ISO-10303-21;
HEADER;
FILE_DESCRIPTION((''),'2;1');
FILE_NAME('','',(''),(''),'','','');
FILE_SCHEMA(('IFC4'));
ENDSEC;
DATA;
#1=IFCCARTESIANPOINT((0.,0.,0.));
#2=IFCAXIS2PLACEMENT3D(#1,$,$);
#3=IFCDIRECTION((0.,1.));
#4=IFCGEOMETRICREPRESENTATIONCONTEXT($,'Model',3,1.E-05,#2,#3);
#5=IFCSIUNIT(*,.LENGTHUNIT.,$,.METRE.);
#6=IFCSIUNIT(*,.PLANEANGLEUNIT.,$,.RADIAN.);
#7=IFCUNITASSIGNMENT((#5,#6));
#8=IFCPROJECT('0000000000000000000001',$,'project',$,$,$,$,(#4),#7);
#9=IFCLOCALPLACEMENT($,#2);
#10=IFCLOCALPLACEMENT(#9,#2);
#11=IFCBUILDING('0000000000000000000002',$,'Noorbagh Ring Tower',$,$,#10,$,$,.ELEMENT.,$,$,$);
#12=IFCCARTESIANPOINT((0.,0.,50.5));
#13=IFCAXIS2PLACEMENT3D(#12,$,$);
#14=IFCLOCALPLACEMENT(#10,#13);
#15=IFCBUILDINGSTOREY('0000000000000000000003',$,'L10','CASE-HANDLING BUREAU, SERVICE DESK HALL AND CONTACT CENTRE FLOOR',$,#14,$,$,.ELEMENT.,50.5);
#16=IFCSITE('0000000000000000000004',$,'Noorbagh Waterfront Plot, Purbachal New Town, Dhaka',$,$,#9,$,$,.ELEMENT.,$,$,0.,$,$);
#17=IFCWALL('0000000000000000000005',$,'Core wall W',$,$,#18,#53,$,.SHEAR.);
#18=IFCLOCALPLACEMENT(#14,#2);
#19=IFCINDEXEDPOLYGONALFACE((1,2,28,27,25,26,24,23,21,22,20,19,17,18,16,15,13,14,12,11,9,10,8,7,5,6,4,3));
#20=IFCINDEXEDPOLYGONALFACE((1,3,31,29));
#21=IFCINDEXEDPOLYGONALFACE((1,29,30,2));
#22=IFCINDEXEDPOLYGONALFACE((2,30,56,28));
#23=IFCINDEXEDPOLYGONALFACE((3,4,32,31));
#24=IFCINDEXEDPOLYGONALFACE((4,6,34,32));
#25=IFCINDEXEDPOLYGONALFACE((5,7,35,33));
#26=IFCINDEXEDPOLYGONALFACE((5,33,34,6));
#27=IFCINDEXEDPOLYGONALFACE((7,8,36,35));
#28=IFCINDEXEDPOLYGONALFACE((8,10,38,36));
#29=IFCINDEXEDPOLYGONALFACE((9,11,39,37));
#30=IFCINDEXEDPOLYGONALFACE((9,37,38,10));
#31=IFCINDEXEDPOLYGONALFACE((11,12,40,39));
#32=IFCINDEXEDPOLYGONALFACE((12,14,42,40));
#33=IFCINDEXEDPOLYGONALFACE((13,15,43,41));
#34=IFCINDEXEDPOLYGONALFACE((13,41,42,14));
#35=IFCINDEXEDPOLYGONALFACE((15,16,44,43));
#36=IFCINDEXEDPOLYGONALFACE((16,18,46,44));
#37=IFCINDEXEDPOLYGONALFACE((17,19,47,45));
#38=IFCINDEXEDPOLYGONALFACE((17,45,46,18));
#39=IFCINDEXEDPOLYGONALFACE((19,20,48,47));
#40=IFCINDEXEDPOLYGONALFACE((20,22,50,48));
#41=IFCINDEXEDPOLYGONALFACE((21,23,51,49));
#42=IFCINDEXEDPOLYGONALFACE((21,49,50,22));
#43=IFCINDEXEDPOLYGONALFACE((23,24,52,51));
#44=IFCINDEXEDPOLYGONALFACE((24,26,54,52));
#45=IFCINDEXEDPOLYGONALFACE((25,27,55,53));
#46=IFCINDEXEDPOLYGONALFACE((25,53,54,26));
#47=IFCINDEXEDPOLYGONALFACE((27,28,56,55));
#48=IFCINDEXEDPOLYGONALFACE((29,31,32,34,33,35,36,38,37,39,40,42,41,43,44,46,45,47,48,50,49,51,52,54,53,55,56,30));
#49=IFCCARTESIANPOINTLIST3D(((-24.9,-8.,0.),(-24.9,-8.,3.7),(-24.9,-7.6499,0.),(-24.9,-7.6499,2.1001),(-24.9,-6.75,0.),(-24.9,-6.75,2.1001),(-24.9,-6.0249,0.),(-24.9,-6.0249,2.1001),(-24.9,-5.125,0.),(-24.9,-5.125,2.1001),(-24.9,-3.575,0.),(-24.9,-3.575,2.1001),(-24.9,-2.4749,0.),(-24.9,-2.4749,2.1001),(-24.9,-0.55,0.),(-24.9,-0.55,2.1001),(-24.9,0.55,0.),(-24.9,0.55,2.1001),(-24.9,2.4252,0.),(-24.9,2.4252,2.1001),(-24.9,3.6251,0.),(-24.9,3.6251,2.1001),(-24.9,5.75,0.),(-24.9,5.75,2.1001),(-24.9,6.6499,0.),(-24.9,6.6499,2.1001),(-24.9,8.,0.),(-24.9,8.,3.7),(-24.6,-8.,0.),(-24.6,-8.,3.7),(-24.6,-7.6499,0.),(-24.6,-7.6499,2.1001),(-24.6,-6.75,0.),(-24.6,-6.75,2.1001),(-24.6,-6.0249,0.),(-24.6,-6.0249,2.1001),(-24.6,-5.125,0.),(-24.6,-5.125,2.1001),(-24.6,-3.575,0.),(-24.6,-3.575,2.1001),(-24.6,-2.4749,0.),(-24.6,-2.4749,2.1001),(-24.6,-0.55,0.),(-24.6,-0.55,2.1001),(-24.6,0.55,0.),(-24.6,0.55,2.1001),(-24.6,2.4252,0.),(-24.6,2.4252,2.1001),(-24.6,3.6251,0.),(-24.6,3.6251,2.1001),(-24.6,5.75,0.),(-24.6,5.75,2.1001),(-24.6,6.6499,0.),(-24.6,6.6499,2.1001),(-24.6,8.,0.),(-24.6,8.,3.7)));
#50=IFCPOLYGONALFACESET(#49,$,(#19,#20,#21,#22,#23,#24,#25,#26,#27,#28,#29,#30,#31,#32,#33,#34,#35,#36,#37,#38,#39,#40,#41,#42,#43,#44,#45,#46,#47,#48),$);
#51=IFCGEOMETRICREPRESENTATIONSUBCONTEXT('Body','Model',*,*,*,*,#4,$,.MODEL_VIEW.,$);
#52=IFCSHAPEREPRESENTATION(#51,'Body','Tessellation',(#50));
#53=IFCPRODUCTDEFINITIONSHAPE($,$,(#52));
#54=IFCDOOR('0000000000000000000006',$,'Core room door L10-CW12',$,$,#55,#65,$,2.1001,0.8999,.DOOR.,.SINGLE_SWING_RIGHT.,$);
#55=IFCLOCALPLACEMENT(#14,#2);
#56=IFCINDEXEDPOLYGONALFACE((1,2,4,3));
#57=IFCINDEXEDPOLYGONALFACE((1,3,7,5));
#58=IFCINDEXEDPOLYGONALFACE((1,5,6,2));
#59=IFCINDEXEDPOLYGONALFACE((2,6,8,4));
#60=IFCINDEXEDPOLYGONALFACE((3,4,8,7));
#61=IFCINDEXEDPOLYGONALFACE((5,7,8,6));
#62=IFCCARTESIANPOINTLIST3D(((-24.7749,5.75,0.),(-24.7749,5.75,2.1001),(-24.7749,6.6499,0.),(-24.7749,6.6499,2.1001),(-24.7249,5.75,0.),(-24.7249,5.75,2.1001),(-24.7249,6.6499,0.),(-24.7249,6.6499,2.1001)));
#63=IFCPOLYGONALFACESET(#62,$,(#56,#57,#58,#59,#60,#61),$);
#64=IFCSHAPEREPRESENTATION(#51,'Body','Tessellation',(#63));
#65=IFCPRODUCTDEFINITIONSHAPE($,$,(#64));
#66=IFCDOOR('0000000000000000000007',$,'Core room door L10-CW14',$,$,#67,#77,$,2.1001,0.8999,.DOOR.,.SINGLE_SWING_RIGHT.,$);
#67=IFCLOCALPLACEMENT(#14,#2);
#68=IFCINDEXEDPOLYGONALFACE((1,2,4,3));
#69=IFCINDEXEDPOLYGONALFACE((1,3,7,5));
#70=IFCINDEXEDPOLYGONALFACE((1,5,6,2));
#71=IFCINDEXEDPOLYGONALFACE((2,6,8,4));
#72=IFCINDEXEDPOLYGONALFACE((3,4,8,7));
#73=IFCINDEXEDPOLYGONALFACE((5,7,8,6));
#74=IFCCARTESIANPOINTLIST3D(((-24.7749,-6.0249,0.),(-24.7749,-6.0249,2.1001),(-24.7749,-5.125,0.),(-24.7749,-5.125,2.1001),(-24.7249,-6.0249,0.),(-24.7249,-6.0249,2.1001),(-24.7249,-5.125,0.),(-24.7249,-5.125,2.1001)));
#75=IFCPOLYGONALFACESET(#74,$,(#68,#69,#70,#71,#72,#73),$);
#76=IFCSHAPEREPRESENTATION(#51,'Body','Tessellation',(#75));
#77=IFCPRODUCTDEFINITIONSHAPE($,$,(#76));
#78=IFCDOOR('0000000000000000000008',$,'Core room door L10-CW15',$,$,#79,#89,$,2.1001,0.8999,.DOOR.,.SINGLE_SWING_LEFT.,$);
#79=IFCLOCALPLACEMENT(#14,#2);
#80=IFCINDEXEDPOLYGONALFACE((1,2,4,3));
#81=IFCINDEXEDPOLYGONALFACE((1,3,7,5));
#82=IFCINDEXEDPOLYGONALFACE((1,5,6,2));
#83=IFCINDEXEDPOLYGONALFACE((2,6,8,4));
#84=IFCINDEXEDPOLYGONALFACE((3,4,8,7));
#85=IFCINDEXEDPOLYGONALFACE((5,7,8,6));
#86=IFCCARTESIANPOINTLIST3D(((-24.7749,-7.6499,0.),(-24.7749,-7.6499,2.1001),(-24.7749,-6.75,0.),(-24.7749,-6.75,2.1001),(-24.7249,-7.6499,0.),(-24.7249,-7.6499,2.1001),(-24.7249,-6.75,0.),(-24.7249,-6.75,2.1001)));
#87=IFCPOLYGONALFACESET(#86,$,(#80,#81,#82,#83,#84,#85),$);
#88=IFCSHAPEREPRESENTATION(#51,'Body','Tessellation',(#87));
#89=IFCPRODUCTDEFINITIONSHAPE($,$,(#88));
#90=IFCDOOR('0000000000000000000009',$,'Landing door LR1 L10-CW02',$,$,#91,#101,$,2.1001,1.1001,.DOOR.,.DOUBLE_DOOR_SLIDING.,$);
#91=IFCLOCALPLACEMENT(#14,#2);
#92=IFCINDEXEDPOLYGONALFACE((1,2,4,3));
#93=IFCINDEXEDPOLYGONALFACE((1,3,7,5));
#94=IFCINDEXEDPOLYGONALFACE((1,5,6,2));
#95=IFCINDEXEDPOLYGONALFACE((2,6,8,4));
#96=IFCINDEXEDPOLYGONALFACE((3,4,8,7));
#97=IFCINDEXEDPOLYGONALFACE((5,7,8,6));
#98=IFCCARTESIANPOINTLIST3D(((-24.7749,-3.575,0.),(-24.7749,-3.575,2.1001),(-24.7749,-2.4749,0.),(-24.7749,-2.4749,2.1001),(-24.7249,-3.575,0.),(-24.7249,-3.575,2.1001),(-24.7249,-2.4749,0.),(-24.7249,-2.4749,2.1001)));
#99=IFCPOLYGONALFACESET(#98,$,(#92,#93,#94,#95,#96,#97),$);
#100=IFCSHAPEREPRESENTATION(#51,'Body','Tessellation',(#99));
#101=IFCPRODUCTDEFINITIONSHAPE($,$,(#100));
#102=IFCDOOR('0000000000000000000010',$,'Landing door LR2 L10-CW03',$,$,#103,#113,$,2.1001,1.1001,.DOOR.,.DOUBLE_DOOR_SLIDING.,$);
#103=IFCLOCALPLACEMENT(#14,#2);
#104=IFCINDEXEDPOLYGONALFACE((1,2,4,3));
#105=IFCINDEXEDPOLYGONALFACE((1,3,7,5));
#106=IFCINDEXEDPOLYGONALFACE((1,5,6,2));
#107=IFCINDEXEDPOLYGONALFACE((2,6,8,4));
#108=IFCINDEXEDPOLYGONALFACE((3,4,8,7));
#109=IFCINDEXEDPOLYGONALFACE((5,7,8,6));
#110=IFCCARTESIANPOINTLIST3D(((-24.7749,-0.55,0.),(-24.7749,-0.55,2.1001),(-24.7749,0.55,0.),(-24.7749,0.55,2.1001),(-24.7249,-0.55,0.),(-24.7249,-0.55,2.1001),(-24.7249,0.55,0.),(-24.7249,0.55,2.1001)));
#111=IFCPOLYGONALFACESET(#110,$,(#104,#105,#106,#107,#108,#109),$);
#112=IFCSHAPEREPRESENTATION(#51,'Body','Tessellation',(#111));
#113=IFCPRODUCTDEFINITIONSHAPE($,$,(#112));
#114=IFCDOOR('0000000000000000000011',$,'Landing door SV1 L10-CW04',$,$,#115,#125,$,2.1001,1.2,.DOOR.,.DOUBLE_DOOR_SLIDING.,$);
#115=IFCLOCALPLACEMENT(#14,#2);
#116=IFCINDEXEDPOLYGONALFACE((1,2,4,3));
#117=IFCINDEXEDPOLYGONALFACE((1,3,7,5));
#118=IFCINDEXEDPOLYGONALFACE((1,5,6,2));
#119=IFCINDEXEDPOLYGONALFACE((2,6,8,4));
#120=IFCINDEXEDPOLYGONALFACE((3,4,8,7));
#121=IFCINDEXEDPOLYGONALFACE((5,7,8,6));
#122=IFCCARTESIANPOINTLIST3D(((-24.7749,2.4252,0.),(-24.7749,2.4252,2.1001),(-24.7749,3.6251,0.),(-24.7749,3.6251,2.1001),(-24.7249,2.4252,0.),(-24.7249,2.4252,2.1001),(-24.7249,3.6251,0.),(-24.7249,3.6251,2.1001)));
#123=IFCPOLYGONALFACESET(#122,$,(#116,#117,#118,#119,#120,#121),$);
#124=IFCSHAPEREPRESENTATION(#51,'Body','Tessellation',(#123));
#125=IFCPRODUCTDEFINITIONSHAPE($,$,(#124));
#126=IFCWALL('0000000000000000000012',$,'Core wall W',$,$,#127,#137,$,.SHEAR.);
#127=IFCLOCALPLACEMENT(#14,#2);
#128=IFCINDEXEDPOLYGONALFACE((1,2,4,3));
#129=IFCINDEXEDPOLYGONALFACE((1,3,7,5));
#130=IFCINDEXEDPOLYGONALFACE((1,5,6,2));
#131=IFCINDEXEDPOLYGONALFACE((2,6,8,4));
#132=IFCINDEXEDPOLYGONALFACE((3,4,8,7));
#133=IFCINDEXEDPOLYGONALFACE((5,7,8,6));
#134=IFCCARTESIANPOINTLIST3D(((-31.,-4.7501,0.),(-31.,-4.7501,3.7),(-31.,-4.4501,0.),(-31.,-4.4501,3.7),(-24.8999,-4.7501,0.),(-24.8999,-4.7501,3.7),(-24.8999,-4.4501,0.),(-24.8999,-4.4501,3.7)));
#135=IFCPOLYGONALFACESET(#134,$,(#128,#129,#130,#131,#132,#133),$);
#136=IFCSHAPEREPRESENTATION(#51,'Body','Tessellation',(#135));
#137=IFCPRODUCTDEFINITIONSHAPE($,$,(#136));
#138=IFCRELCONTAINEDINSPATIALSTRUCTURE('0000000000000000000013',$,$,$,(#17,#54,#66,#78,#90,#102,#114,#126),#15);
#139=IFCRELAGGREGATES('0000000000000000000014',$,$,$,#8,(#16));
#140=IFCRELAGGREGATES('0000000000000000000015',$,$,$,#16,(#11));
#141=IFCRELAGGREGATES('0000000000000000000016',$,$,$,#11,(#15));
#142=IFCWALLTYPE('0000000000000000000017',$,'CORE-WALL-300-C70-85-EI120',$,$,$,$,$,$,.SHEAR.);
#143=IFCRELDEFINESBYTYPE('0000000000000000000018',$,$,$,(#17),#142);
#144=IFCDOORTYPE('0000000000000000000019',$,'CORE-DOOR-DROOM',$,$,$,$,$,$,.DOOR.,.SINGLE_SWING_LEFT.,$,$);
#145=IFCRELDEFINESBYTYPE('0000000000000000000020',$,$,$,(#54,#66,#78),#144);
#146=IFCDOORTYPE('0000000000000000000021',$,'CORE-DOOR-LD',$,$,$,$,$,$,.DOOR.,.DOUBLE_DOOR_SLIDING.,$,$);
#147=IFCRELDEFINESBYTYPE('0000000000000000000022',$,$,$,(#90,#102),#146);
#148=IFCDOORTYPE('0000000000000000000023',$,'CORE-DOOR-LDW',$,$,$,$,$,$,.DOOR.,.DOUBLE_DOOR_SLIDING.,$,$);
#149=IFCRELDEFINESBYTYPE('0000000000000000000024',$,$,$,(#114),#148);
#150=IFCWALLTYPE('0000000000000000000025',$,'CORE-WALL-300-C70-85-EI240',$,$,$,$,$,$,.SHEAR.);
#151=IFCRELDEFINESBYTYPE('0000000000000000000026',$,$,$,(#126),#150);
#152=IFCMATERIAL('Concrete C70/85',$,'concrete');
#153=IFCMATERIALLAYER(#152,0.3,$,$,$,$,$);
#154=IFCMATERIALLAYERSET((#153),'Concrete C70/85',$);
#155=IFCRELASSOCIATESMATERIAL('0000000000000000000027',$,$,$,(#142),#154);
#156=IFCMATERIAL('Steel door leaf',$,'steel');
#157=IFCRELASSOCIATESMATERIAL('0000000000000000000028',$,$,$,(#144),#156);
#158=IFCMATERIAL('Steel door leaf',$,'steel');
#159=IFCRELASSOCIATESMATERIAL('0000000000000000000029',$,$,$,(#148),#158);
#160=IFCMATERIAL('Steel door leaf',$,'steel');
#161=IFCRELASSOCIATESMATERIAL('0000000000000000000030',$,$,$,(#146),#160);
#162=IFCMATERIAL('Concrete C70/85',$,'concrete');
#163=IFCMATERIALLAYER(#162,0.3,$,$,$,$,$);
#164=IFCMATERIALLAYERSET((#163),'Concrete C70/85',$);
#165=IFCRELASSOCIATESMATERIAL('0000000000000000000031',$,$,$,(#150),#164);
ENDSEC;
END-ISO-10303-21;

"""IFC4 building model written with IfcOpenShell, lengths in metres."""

from ifc_helpers import new_model, si_unit, direction, frame, frame_2d, origin, place, context, subcontext, project, spatial, rectangle, extrude, material, layer, layer_set, type_object, element, fill, save


model = new_model("IFC4")

# Units and contexts
model_context = context("Model", 3, precision=1e-05, world=origin(), true_north=direction((0.0, 1.0)))
body_context = subcontext(model_context, "Body", "Model", "MODEL_VIEW")
ifc_project = project(units=[si_unit("LENGTHUNIT", "METRE"), si_unit("PLANEANGLEUNIT", "RADIAN")], contexts=[model_context])

# Site, building, storey
site_placement = place(None, origin())
site = spatial("IfcSite", under=ifc_project, at=site_placement, Name="Noorbagh Waterfront Plot, Purbachal New Town, Dhaka", CompositionType="ELEMENT", RefElevation=0.0)
building_placement = place(site_placement, origin())
building = spatial("IfcBuilding", under=site, at=building_placement, Name="Noorbagh Ring Tower", CompositionType="ELEMENT")
storey_placement = place(building_placement, frame((0.0, 0.0, 50.5)))
storey = spatial("IfcBuildingStorey", under=building, at=storey_placement, Name="L10", Description="CASE-HANDLING BUREAU, SERVICE DESK HALL AND CONTACT CENTRE FLOOR", CompositionType="ELEMENT", Elevation=50.5)

# Wall, openings, doors
ifc_material_1 = material(Name="Concrete C70/85", Category="concrete")
ifc_layer_1 = layer(ifc_material_1, 0.3)
ifc_layer_set_1 = layer_set([ifc_layer_1], Name="Concrete C70/85")
wall_type_1 = type_object("IfcWallType", Name="CORE-WALL-300-C70-85-EI120", PredefinedType="SHEAR", material=ifc_layer_set_1)
ifc_material_2 = material(Name="Steel door leaf", Category="steel")
door_type_1 = type_object("IfcDoorType", Name="CORE-DOOR-DROOM", OperationType="SINGLE_SWING_LEFT", PredefinedType="DOOR", material=ifc_material_2)
ifc_material_3 = material(Name="Steel door leaf", Category="steel")
door_type_2 = type_object("IfcDoorType", Name="CORE-DOOR-LDW", OperationType="DOUBLE_DOOR_SLIDING", PredefinedType="DOOR", material=ifc_material_3)
wall_1_placement = place(storey_placement, frame((-24.75, -8.0, 0.0), z_axis=(0.0, 0.0, 1.0), x_axis=(0.0, 1.0, 0.0)))
wall_1 = element("IfcWall", 1, at=wall_1_placement, inside=storey, type_object=wall_type_1, Name="Core wall W", PredefinedType="SHEAR", context=body_context, shape_type="SweptSolid", body=[
    extrude(rectangle(XDim=16.0, YDim=0.3, at=frame_2d((8.0, 0.0))), origin(), (0.0, 0.0, 1.0), 3.7),
])
opening_1_placement = place(wall_1_placement, frame((4.425, 0.0, 0.0)))
opening_1 = element("IfcOpeningElement", 2, at=opening_1_placement, cuts=wall_1, PredefinedType="OPENING", context=body_context, shape_type="SweptSolid", body=[
    extrude(rectangle(XDim=1.1001, YDim=2.1001, at=frame_2d((0.55, 1.05))), frame((0.0, 0.1602, 0.0), z_axis=(0.0, -1.0, 0.0), x_axis=(1.0, 0.0, 0.0)), (0.0, 0.0, 1.0), 0.3201),
])
opening_2_placement = place(wall_1_placement, frame((7.45, 0.0, 0.0)))
opening_2 = element("IfcOpeningElement", 3, at=opening_2_placement, cuts=wall_1, PredefinedType="OPENING", context=body_context, shape_type="SweptSolid", body=[
    extrude(rectangle(XDim=1.1001, YDim=2.1001, at=frame_2d((0.55, 1.05))), frame((0.0, 0.1602, 0.0), z_axis=(0.0, -1.0, 0.0), x_axis=(1.0, 0.0, 0.0)), (0.0, 0.0, 1.0), 0.3201),
])
opening_3_placement = place(wall_1_placement, frame((10.425, 0.0, 0.0)))
opening_3 = element("IfcOpeningElement", 4, at=opening_3_placement, cuts=wall_1, PredefinedType="OPENING", context=body_context, shape_type="SweptSolid", body=[
    extrude(rectangle(XDim=1.2, YDim=2.1001, at=frame_2d((0.6001, 1.05))), frame((0.0, 0.1602, 0.0), z_axis=(0.0, -1.0, 0.0), x_axis=(1.0, 0.0, 0.0)), (0.0, 0.0, 1.0), 0.3201),
])
opening_4_placement = place(wall_1_placement, frame((13.75, 0.0, 0.0)))
opening_4 = element("IfcOpeningElement", 5, at=opening_4_placement, cuts=wall_1, PredefinedType="OPENING", context=body_context, shape_type="SweptSolid", body=[
    extrude(rectangle(XDim=0.8999, YDim=2.1001, at=frame_2d((0.45, 1.05))), frame((0.0, 0.1602, 0.0), z_axis=(0.0, -1.0, 0.0), x_axis=(1.0, 0.0, 0.0)), (0.0, 0.0, 1.0), 0.3201),
])
opening_5_placement = place(wall_1_placement, frame((1.9751, 0.0, 0.0)))
opening_5 = element("IfcOpeningElement", 6, at=opening_5_placement, cuts=wall_1, PredefinedType="OPENING", context=body_context, shape_type="SweptSolid", body=[
    extrude(rectangle(XDim=0.8999, YDim=2.1001, at=frame_2d((0.45, 1.05))), frame((0.0, 0.1602, 0.0), z_axis=(0.0, -1.0, 0.0), x_axis=(1.0, 0.0, 0.0)), (0.0, 0.0, 1.0), 0.3201),
])
opening_6_placement = place(wall_1_placement, frame((0.3501, 0.0, 0.0)))
opening_6 = element("IfcOpeningElement", 7, at=opening_6_placement, cuts=wall_1, PredefinedType="OPENING", context=body_context, shape_type="SweptSolid", body=[
    extrude(rectangle(XDim=0.8999, YDim=2.1001, at=frame_2d((0.45, 1.05))), frame((0.0, 0.1602, 0.0), z_axis=(0.0, -1.0, 0.0), x_axis=(1.0, 0.0, 0.0)), (0.0, 0.0, 1.0), 0.3201),
])
door_1_placement = place(opening_4_placement, origin())
door_1 = element("IfcDoor", 8, at=door_1_placement, inside=storey, type_object=door_type_1, Name="Core room door L10-CW12", OperationType="SINGLE_SWING_RIGHT", OverallHeight=2.1001, OverallWidth=0.8999, PredefinedType="DOOR", context=body_context, shape_type="SweptSolid", body=[
    extrude(rectangle(XDim=0.8999, YDim=2.1001, at=frame_2d((0.45, 1.05))), frame((0.0, 0.0249, 0.0), z_axis=(0.0, -1.0, 0.0), x_axis=(1.0, 0.0, 0.0)), (0.0, 0.0, 1.0), 0.05),
])
fill(opening_4, door_1)
door_2_placement = place(opening_5_placement, origin())
door_2 = element("IfcDoor", 9, at=door_2_placement, inside=storey, type_object=door_type_1, Name="Core room door L10-CW14", OperationType="SINGLE_SWING_RIGHT", OverallHeight=2.1001, OverallWidth=0.8999, PredefinedType="DOOR", context=body_context, shape_type="SweptSolid", body=[
    extrude(rectangle(XDim=0.8999, YDim=2.1001, at=frame_2d((0.45, 1.05))), frame((0.0, 0.0249, 0.0), z_axis=(0.0, -1.0, 0.0), x_axis=(1.0, 0.0, 0.0)), (0.0, 0.0, 1.0), 0.05),
])
fill(opening_5, door_2)
door_3_placement = place(opening_6_placement, origin())
door_3 = element("IfcDoor", 10, at=door_3_placement, inside=storey, type_object=door_type_1, Name="Core room door L10-CW15", OperationType="SINGLE_SWING_LEFT", OverallHeight=2.1001, OverallWidth=0.8999, PredefinedType="DOOR", context=body_context, shape_type="SweptSolid", body=[
    extrude(rectangle(XDim=0.8999, YDim=2.1001, at=frame_2d((0.45, 1.05))), frame((0.0, 0.0249, 0.0), z_axis=(0.0, -1.0, 0.0), x_axis=(1.0, 0.0, 0.0)), (0.0, 0.0, 1.0), 0.05),
])
fill(opening_6, door_3)
ifc_material_4 = material(Name="Steel door leaf", Category="steel")
door_type_3 = type_object("IfcDoorType", Name="CORE-DOOR-LD", OperationType="DOUBLE_DOOR_SLIDING", PredefinedType="DOOR", material=ifc_material_4)
door_4_placement = place(opening_1_placement, origin())
door_4 = element("IfcDoor", 11, at=door_4_placement, inside=storey, type_object=door_type_3, Name="Landing door LR1 L10-CW02", OperationType="DOUBLE_DOOR_SLIDING", OverallHeight=2.1001, OverallWidth=1.1001, PredefinedType="DOOR", context=body_context, shape_type="SweptSolid", body=[
    extrude(rectangle(XDim=1.1001, YDim=2.1001, at=frame_2d((0.55, 1.05))), frame((0.0, 0.0249, 0.0), z_axis=(0.0, -1.0, 0.0), x_axis=(1.0, 0.0, 0.0)), (0.0, 0.0, 1.0), 0.05),
])
fill(opening_1, door_4)
door_5_placement = place(opening_2_placement, origin())
door_5 = element("IfcDoor", 12, at=door_5_placement, inside=storey, type_object=door_type_3, Name="Landing door LR2 L10-CW03", OperationType="DOUBLE_DOOR_SLIDING", OverallHeight=2.1001, OverallWidth=1.1001, PredefinedType="DOOR", context=body_context, shape_type="SweptSolid", body=[
    extrude(rectangle(XDim=1.1001, YDim=2.1001, at=frame_2d((0.55, 1.05))), frame((0.0, 0.0249, 0.0), z_axis=(0.0, -1.0, 0.0), x_axis=(1.0, 0.0, 0.0)), (0.0, 0.0, 1.0), 0.05),
])
fill(opening_2, door_5)
door_6_placement = place(opening_3_placement, origin())
door_6 = element("IfcDoor", 13, at=door_6_placement, inside=storey, type_object=door_type_2, Name="Landing door SV1 L10-CW04", OperationType="DOUBLE_DOOR_SLIDING", OverallHeight=2.1001, OverallWidth=1.2, PredefinedType="DOOR", context=body_context, shape_type="SweptSolid", body=[
    extrude(rectangle(XDim=1.2, YDim=2.1001, at=frame_2d((0.6001, 1.05))), frame((0.0, 0.0249, 0.0), z_axis=(0.0, -1.0, 0.0), x_axis=(1.0, 0.0, 0.0)), (0.0, 0.0, 1.0), 0.05),
])
fill(opening_3, door_6)

# Wall
ifc_material_5 = material(Name="Concrete C70/85", Category="concrete")
ifc_layer_2 = layer(ifc_material_5, 0.3)
ifc_layer_set_2 = layer_set([ifc_layer_2], Name="Concrete C70/85")
wall_type_2 = type_object("IfcWallType", Name="CORE-WALL-300-C70-85-EI240", PredefinedType="SHEAR", material=ifc_layer_set_2)
wall_2_placement = place(storey_placement, frame((-24.8999, -4.6001, 0.0), z_axis=(0.0, 0.0, 1.0), x_axis=(-1.0, 0.0, 0.0)))
element("IfcWall", 14, at=wall_2_placement, inside=storey, type_object=wall_type_2, Name="Core wall W", PredefinedType="SHEAR", context=body_context, shape_type="SweptSolid", body=[
    extrude(rectangle(XDim=6.1001, YDim=0.3, at=frame_2d((3.05, 0.0))), origin(), (0.0, 0.0, 1.0), 3.7),
])

save(model, "model.ifc")
